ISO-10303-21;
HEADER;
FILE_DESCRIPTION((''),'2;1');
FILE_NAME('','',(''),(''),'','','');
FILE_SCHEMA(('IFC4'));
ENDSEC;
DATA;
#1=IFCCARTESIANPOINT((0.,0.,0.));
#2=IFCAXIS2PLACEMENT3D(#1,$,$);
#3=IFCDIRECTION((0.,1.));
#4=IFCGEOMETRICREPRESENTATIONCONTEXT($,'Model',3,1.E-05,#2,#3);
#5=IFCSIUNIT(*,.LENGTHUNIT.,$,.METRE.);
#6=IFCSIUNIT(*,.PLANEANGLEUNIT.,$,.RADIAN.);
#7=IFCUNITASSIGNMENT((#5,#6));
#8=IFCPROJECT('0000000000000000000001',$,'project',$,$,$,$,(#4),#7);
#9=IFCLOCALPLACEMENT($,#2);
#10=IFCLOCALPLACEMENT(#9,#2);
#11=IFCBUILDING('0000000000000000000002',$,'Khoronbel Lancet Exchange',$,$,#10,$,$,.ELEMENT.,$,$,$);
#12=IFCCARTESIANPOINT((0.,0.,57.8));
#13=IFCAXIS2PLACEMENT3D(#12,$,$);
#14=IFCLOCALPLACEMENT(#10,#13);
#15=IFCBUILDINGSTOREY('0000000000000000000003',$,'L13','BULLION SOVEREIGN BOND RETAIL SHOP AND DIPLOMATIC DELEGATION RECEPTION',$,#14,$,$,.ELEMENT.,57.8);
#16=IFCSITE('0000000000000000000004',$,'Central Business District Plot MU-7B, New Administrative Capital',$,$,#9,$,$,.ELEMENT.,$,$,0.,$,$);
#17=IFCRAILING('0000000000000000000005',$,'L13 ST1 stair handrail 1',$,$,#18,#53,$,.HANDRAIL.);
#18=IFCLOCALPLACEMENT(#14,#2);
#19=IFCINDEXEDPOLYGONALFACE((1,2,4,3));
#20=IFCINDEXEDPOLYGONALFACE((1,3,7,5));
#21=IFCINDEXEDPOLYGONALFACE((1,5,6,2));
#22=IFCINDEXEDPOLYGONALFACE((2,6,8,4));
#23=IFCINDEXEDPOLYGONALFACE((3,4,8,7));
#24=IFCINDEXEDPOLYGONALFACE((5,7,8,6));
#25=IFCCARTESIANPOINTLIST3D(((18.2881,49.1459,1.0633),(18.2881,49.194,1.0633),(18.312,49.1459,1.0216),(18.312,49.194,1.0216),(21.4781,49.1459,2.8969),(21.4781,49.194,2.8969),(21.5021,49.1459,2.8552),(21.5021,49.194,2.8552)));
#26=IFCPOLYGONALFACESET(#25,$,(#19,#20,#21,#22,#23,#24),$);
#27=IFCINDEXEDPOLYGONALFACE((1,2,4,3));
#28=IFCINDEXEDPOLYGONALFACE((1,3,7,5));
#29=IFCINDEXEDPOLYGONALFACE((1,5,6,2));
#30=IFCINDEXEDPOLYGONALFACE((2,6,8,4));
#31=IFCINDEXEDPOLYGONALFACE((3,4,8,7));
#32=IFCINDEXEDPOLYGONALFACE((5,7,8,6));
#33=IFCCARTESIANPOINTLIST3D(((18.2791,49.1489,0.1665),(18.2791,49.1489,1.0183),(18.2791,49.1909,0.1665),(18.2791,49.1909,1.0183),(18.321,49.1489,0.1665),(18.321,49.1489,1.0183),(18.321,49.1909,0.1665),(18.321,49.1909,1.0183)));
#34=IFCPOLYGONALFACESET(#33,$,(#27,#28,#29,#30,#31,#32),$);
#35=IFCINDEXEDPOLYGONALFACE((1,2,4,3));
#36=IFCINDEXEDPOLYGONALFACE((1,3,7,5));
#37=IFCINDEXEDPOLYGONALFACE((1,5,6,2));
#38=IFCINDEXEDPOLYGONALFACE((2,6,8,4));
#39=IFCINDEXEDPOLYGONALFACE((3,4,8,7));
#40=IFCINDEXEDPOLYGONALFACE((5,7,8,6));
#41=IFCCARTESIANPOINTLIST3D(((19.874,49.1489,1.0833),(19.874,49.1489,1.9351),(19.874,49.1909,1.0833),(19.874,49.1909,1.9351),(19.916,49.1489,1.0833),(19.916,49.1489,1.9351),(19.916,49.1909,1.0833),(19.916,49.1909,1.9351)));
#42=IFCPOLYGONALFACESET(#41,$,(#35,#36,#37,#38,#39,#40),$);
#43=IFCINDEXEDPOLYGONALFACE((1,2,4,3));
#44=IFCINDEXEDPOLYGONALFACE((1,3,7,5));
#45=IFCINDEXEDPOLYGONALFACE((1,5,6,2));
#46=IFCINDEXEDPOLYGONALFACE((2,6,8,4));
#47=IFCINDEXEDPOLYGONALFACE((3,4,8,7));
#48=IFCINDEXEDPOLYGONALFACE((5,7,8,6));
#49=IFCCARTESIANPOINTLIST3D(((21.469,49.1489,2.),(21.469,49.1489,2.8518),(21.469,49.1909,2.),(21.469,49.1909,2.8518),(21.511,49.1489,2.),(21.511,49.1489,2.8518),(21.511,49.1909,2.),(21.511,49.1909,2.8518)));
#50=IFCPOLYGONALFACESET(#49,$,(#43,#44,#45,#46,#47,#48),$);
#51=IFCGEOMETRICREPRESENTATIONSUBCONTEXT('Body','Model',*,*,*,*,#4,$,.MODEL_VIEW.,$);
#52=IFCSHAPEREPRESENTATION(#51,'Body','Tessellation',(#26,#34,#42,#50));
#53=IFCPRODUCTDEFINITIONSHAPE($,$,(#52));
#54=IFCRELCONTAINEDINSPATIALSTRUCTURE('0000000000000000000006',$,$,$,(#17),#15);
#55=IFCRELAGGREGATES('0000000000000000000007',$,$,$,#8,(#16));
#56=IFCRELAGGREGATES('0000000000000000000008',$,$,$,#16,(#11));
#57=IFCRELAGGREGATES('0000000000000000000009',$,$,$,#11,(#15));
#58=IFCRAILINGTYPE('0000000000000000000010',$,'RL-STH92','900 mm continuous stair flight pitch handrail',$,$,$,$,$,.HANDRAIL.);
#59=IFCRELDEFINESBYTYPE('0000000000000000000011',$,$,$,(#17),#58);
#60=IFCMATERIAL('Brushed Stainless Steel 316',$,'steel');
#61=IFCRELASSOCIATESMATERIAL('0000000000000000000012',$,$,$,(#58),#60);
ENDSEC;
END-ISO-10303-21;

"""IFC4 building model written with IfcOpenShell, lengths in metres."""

from ifc_helpers import new_model, si_unit, direction, frame, origin, origin_2d, place, context, subcontext, project, spatial, rectangle, extrude, material, type_object, element, save


model = new_model("IFC4")

# Units and contexts
model_context = context("Model", 3, precision=1e-05, world=origin(), true_north=direction((0.0, 1.0)))
body_context = subcontext(model_context, "Body", "Model", "MODEL_VIEW")
ifc_project = project(units=[si_unit("LENGTHUNIT", "METRE"), si_unit("PLANEANGLEUNIT", "RADIAN")], contexts=[model_context])

# Site, building, storey
site_placement = place(None, origin())
site = spatial("IfcSite", under=ifc_project, at=site_placement, Name="Central Business District Plot MU-7B, New Administrative Capital", CompositionType="ELEMENT", RefElevation=0.0)
building_placement = place(site_placement, origin())
building = spatial("IfcBuilding", under=site, at=building_placement, Name="Khoronbel Lancet Exchange", CompositionType="ELEMENT")
storey_placement = place(building_placement, frame((0.0, 0.0, 57.8)))
storey = spatial("IfcBuildingStorey", under=building, at=storey_placement, Name="L13", Description="BULLION SOVEREIGN BOND RETAIL SHOP AND DIPLOMATIC DELEGATION RECEPTION", CompositionType="ELEMENT", Elevation=57.8)

# Railing
ifc_material_1 = material(Name="Brushed Stainless Steel 316", Category="steel")
railing_type_1 = type_object("IfcRailingType", Name="RL-STH92", Description="900 mm continuous stair flight pitch handrail", PredefinedType="HANDRAIL", material=ifc_material_1)
railing_1_placement = place(storey_placement, frame((18.3, 49.1699, 0.1665)))
element("IfcRailing", 1, at=railing_1_placement, inside=storey, type_object=railing_type_1, Name="L13 ST1 stair handrail 1", PredefinedType="HANDRAIL", context=body_context, shape_type="SweptSolid", body=[
    extrude(rectangle(XDim=0.0481, YDim=0.0481, at=origin_2d()), frame((0.0, 0.0, 0.876), z_axis=(0.866991, 0.0, 0.498324), x_axis=(0.0, 1.0, 0.0)), (0.0, 0.0, 1.0), 3.6794),
    extrude(rectangle(XDim=0.042, YDim=0.042, at=origin_2d()), origin(), (0.0, 0.0, 1.0), 0.8518),
    extrude(rectangle(XDim=0.042, YDim=0.042, at=origin_2d()), frame((1.595, 0.0, 0.9167)), (0.0, 0.0, 1.0), 0.8518),
    extrude(rectangle(XDim=0.042, YDim=0.042, at=origin_2d()), frame((3.1899, 0.0, 1.8335)), (0.0, 0.0, 1.0), 0.8518),
])

save(model, "model.ifc")
